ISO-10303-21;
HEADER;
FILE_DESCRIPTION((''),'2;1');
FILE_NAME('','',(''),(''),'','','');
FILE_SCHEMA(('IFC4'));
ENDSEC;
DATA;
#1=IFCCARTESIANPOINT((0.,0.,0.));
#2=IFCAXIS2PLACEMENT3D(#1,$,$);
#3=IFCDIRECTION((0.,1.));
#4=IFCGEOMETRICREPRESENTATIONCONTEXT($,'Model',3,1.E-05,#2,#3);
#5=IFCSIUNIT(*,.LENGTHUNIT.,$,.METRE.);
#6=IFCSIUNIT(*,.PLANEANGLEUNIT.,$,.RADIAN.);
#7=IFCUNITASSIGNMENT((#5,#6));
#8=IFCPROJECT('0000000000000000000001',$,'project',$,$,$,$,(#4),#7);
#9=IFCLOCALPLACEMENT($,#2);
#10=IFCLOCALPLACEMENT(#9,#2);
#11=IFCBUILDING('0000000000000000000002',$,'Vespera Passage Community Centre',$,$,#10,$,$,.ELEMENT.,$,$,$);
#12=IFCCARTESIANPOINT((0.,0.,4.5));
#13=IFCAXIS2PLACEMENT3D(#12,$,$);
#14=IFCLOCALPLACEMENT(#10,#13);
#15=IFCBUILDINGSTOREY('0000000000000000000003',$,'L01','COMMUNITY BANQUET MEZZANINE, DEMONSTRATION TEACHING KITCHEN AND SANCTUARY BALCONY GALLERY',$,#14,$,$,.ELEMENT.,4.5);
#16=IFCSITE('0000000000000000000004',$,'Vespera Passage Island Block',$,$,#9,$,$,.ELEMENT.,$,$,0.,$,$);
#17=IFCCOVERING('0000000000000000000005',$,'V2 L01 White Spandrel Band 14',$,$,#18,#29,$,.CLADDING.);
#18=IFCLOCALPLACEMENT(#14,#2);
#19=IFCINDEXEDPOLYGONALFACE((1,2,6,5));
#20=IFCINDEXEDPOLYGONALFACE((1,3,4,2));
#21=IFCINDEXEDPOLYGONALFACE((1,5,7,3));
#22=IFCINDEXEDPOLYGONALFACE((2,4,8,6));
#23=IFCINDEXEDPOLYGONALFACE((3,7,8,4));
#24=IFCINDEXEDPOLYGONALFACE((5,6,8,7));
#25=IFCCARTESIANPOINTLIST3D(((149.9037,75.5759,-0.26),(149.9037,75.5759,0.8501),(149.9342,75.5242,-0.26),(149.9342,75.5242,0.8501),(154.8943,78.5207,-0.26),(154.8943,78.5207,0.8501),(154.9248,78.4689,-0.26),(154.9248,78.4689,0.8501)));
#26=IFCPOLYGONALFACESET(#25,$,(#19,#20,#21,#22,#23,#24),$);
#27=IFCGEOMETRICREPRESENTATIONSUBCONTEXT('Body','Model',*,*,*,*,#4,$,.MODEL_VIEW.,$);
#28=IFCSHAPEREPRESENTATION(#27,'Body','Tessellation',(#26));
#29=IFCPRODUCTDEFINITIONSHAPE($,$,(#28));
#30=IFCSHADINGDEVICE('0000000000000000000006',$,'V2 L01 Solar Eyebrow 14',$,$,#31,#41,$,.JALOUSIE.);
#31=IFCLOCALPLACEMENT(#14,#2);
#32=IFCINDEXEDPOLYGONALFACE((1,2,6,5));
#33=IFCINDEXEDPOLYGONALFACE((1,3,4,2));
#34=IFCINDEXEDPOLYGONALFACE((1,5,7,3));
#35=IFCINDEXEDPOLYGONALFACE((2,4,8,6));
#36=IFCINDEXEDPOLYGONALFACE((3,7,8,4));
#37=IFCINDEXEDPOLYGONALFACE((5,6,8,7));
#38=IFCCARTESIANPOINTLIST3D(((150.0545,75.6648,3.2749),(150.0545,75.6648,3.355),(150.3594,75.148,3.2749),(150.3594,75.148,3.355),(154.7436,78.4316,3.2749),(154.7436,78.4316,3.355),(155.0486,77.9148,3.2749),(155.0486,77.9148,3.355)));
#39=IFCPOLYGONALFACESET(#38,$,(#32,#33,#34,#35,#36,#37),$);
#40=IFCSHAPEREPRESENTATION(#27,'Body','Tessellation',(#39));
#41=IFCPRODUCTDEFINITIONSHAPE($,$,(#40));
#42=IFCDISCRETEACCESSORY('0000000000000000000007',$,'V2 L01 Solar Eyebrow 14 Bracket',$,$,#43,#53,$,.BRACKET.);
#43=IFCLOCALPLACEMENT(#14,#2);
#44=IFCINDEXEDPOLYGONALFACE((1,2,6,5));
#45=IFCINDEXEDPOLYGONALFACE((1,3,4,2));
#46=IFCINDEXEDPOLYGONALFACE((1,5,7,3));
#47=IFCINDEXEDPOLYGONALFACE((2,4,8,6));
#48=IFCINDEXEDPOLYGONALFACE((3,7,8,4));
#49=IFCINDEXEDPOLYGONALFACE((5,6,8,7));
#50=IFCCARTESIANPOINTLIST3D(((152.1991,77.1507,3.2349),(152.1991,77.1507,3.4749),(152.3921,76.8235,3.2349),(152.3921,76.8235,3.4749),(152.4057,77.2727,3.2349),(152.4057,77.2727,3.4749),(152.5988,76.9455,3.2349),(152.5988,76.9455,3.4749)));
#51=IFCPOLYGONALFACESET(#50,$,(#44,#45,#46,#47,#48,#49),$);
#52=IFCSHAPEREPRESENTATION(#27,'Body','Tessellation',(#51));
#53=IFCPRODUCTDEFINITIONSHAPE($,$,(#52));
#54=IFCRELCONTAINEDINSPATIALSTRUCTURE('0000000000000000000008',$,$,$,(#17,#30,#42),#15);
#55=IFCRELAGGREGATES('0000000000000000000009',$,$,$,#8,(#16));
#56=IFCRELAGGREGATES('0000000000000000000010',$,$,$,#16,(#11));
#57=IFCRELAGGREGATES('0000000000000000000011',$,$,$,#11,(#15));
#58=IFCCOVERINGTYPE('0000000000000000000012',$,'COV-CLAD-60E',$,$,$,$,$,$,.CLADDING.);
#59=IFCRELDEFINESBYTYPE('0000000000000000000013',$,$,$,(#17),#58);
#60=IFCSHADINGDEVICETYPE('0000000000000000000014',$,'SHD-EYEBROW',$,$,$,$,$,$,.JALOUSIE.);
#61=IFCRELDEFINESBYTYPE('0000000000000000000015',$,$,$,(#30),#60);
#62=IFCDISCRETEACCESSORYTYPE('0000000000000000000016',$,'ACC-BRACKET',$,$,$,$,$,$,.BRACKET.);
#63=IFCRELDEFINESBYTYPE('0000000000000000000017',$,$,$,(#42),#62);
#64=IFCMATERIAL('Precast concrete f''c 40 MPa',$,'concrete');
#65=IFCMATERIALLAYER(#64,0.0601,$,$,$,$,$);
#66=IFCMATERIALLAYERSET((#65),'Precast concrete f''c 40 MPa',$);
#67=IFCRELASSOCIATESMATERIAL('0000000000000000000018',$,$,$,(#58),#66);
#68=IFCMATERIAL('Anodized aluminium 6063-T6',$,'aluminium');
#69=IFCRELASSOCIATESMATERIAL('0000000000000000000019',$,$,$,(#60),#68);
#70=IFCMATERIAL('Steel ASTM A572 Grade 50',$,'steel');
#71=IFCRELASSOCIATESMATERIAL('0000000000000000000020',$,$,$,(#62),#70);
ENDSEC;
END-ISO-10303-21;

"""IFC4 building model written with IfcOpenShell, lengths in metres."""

from ifc_helpers import new_model, si_unit, direction, frame, frame_2d, origin, origin_2d, place, context, subcontext, project, spatial, rectangle, extrude, material, layer, layer_set, type_object, element, save


model = new_model("IFC4")

# Units and contexts
model_context = context("Model", 3, precision=1e-05, world=origin(), true_north=direction((0.0, 1.0)))
body_context = subcontext(model_context, "Body", "Model", "MODEL_VIEW")
ifc_project = project(units=[si_unit("LENGTHUNIT", "METRE"), si_unit("PLANEANGLEUNIT", "RADIAN")], contexts=[model_context])

# Site, building, storey
site_placement = place(None, origin())
site = spatial("IfcSite", under=ifc_project, at=site_placement, Name="Vespera Passage Island Block", CompositionType="ELEMENT", RefElevation=0.0)
building_placement = place(site_placement, origin())
building = spatial("IfcBuilding", under=site, at=building_placement, Name="Vespera Passage Community Centre", CompositionType="ELEMENT")
storey_placement = place(building_placement, frame((0.0, 0.0, 4.5)))
storey = spatial("IfcBuildingStorey", under=building, at=storey_placement, Name="L01", Description="COMMUNITY BANQUET MEZZANINE, DEMONSTRATION TEACHING KITCHEN AND SANCTUARY BALCONY GALLERY", CompositionType="ELEMENT", Elevation=4.5)

# Covering
ifc_material_1 = material(Name="Precast concrete f'c 40 MPa", Category="concrete")
ifc_layer_1 = layer(ifc_material_1, 0.0601)
ifc_layer_set_1 = layer_set([ifc_layer_1], Name="Precast concrete f'c 40 MPa")
covering_type = type_object("IfcCoveringType", Name="COV-CLAD-60E", PredefinedType="CLADDING", material=ifc_layer_set_1)
covering_1_placement = place(storey_placement, frame((154.9097, 78.4949, -0.26), z_axis=(0.0, 0.0, 1.0), x_axis=(-0.861247, -0.508187, 0.0)))
element("IfcCovering", 1, at=covering_1_placement, inside=storey, type_object=covering_type, Name="V2 L01 White Spandrel Band 14", PredefinedType="CLADDING", context=body_context, shape_type="SweptSolid", body=[
    extrude(rectangle(XDim=5.7947, YDim=0.0601, at=frame_2d((2.8975, 0.0))), origin(), (0.0, 0.0, 1.0), 1.1101),
])

# Shading device
ifc_material_2 = material(Name="Anodized aluminium 6063-T6", Category="aluminium")
shading_device_type = type_object("IfcShadingDeviceType", Name="SHD-EYEBROW", PredefinedType="JALOUSIE", material=ifc_material_2)
shading_device_placement = place(storey_placement, frame((152.5515, 76.7898, 3.2749), z_axis=(0.0, 0.0, 1.0), x_axis=(-0.861248, -0.508185, 0.0)))
element("IfcShadingDevice", 2, at=shading_device_placement, inside=storey, type_object=shading_device_type, Name="V2 L01 Solar Eyebrow 14", PredefinedType="JALOUSIE", context=body_context, shape_type="SweptSolid", body=[
    extrude(rectangle(XDim=5.4446, YDim=0.6001, at=origin_2d()), origin(), (0.0, 0.0, 1.0), 0.0801),
])

# Discrete accessory
ifc_material_3 = material(Name="Steel ASTM A572 Grade 50", Category="steel")
discrete_accessory_type = type_object("IfcDiscreteAccessoryType", Name="ACC-BRACKET", PredefinedType="BRACKET", material=ifc_material_3)
discrete_accessory_placement = place(storey_placement, frame((152.3989, 77.0481, 3.2349), z_axis=(0.0, 0.0, 1.0), x_axis=(-0.861248, -0.508185, 0.0)))
element("IfcDiscreteAccessory", 3, at=discrete_accessory_placement, inside=storey, type_object=discrete_accessory_type, Name="V2 L01 Solar Eyebrow 14 Bracket", PredefinedType="BRACKET", context=body_context, shape_type="SweptSolid", body=[
    extrude(rectangle(XDim=0.24, YDim=0.3799, at=origin_2d()), origin(), (0.0, 0.0, 1.0), 0.24),
])

save(model, "model.ifc")
